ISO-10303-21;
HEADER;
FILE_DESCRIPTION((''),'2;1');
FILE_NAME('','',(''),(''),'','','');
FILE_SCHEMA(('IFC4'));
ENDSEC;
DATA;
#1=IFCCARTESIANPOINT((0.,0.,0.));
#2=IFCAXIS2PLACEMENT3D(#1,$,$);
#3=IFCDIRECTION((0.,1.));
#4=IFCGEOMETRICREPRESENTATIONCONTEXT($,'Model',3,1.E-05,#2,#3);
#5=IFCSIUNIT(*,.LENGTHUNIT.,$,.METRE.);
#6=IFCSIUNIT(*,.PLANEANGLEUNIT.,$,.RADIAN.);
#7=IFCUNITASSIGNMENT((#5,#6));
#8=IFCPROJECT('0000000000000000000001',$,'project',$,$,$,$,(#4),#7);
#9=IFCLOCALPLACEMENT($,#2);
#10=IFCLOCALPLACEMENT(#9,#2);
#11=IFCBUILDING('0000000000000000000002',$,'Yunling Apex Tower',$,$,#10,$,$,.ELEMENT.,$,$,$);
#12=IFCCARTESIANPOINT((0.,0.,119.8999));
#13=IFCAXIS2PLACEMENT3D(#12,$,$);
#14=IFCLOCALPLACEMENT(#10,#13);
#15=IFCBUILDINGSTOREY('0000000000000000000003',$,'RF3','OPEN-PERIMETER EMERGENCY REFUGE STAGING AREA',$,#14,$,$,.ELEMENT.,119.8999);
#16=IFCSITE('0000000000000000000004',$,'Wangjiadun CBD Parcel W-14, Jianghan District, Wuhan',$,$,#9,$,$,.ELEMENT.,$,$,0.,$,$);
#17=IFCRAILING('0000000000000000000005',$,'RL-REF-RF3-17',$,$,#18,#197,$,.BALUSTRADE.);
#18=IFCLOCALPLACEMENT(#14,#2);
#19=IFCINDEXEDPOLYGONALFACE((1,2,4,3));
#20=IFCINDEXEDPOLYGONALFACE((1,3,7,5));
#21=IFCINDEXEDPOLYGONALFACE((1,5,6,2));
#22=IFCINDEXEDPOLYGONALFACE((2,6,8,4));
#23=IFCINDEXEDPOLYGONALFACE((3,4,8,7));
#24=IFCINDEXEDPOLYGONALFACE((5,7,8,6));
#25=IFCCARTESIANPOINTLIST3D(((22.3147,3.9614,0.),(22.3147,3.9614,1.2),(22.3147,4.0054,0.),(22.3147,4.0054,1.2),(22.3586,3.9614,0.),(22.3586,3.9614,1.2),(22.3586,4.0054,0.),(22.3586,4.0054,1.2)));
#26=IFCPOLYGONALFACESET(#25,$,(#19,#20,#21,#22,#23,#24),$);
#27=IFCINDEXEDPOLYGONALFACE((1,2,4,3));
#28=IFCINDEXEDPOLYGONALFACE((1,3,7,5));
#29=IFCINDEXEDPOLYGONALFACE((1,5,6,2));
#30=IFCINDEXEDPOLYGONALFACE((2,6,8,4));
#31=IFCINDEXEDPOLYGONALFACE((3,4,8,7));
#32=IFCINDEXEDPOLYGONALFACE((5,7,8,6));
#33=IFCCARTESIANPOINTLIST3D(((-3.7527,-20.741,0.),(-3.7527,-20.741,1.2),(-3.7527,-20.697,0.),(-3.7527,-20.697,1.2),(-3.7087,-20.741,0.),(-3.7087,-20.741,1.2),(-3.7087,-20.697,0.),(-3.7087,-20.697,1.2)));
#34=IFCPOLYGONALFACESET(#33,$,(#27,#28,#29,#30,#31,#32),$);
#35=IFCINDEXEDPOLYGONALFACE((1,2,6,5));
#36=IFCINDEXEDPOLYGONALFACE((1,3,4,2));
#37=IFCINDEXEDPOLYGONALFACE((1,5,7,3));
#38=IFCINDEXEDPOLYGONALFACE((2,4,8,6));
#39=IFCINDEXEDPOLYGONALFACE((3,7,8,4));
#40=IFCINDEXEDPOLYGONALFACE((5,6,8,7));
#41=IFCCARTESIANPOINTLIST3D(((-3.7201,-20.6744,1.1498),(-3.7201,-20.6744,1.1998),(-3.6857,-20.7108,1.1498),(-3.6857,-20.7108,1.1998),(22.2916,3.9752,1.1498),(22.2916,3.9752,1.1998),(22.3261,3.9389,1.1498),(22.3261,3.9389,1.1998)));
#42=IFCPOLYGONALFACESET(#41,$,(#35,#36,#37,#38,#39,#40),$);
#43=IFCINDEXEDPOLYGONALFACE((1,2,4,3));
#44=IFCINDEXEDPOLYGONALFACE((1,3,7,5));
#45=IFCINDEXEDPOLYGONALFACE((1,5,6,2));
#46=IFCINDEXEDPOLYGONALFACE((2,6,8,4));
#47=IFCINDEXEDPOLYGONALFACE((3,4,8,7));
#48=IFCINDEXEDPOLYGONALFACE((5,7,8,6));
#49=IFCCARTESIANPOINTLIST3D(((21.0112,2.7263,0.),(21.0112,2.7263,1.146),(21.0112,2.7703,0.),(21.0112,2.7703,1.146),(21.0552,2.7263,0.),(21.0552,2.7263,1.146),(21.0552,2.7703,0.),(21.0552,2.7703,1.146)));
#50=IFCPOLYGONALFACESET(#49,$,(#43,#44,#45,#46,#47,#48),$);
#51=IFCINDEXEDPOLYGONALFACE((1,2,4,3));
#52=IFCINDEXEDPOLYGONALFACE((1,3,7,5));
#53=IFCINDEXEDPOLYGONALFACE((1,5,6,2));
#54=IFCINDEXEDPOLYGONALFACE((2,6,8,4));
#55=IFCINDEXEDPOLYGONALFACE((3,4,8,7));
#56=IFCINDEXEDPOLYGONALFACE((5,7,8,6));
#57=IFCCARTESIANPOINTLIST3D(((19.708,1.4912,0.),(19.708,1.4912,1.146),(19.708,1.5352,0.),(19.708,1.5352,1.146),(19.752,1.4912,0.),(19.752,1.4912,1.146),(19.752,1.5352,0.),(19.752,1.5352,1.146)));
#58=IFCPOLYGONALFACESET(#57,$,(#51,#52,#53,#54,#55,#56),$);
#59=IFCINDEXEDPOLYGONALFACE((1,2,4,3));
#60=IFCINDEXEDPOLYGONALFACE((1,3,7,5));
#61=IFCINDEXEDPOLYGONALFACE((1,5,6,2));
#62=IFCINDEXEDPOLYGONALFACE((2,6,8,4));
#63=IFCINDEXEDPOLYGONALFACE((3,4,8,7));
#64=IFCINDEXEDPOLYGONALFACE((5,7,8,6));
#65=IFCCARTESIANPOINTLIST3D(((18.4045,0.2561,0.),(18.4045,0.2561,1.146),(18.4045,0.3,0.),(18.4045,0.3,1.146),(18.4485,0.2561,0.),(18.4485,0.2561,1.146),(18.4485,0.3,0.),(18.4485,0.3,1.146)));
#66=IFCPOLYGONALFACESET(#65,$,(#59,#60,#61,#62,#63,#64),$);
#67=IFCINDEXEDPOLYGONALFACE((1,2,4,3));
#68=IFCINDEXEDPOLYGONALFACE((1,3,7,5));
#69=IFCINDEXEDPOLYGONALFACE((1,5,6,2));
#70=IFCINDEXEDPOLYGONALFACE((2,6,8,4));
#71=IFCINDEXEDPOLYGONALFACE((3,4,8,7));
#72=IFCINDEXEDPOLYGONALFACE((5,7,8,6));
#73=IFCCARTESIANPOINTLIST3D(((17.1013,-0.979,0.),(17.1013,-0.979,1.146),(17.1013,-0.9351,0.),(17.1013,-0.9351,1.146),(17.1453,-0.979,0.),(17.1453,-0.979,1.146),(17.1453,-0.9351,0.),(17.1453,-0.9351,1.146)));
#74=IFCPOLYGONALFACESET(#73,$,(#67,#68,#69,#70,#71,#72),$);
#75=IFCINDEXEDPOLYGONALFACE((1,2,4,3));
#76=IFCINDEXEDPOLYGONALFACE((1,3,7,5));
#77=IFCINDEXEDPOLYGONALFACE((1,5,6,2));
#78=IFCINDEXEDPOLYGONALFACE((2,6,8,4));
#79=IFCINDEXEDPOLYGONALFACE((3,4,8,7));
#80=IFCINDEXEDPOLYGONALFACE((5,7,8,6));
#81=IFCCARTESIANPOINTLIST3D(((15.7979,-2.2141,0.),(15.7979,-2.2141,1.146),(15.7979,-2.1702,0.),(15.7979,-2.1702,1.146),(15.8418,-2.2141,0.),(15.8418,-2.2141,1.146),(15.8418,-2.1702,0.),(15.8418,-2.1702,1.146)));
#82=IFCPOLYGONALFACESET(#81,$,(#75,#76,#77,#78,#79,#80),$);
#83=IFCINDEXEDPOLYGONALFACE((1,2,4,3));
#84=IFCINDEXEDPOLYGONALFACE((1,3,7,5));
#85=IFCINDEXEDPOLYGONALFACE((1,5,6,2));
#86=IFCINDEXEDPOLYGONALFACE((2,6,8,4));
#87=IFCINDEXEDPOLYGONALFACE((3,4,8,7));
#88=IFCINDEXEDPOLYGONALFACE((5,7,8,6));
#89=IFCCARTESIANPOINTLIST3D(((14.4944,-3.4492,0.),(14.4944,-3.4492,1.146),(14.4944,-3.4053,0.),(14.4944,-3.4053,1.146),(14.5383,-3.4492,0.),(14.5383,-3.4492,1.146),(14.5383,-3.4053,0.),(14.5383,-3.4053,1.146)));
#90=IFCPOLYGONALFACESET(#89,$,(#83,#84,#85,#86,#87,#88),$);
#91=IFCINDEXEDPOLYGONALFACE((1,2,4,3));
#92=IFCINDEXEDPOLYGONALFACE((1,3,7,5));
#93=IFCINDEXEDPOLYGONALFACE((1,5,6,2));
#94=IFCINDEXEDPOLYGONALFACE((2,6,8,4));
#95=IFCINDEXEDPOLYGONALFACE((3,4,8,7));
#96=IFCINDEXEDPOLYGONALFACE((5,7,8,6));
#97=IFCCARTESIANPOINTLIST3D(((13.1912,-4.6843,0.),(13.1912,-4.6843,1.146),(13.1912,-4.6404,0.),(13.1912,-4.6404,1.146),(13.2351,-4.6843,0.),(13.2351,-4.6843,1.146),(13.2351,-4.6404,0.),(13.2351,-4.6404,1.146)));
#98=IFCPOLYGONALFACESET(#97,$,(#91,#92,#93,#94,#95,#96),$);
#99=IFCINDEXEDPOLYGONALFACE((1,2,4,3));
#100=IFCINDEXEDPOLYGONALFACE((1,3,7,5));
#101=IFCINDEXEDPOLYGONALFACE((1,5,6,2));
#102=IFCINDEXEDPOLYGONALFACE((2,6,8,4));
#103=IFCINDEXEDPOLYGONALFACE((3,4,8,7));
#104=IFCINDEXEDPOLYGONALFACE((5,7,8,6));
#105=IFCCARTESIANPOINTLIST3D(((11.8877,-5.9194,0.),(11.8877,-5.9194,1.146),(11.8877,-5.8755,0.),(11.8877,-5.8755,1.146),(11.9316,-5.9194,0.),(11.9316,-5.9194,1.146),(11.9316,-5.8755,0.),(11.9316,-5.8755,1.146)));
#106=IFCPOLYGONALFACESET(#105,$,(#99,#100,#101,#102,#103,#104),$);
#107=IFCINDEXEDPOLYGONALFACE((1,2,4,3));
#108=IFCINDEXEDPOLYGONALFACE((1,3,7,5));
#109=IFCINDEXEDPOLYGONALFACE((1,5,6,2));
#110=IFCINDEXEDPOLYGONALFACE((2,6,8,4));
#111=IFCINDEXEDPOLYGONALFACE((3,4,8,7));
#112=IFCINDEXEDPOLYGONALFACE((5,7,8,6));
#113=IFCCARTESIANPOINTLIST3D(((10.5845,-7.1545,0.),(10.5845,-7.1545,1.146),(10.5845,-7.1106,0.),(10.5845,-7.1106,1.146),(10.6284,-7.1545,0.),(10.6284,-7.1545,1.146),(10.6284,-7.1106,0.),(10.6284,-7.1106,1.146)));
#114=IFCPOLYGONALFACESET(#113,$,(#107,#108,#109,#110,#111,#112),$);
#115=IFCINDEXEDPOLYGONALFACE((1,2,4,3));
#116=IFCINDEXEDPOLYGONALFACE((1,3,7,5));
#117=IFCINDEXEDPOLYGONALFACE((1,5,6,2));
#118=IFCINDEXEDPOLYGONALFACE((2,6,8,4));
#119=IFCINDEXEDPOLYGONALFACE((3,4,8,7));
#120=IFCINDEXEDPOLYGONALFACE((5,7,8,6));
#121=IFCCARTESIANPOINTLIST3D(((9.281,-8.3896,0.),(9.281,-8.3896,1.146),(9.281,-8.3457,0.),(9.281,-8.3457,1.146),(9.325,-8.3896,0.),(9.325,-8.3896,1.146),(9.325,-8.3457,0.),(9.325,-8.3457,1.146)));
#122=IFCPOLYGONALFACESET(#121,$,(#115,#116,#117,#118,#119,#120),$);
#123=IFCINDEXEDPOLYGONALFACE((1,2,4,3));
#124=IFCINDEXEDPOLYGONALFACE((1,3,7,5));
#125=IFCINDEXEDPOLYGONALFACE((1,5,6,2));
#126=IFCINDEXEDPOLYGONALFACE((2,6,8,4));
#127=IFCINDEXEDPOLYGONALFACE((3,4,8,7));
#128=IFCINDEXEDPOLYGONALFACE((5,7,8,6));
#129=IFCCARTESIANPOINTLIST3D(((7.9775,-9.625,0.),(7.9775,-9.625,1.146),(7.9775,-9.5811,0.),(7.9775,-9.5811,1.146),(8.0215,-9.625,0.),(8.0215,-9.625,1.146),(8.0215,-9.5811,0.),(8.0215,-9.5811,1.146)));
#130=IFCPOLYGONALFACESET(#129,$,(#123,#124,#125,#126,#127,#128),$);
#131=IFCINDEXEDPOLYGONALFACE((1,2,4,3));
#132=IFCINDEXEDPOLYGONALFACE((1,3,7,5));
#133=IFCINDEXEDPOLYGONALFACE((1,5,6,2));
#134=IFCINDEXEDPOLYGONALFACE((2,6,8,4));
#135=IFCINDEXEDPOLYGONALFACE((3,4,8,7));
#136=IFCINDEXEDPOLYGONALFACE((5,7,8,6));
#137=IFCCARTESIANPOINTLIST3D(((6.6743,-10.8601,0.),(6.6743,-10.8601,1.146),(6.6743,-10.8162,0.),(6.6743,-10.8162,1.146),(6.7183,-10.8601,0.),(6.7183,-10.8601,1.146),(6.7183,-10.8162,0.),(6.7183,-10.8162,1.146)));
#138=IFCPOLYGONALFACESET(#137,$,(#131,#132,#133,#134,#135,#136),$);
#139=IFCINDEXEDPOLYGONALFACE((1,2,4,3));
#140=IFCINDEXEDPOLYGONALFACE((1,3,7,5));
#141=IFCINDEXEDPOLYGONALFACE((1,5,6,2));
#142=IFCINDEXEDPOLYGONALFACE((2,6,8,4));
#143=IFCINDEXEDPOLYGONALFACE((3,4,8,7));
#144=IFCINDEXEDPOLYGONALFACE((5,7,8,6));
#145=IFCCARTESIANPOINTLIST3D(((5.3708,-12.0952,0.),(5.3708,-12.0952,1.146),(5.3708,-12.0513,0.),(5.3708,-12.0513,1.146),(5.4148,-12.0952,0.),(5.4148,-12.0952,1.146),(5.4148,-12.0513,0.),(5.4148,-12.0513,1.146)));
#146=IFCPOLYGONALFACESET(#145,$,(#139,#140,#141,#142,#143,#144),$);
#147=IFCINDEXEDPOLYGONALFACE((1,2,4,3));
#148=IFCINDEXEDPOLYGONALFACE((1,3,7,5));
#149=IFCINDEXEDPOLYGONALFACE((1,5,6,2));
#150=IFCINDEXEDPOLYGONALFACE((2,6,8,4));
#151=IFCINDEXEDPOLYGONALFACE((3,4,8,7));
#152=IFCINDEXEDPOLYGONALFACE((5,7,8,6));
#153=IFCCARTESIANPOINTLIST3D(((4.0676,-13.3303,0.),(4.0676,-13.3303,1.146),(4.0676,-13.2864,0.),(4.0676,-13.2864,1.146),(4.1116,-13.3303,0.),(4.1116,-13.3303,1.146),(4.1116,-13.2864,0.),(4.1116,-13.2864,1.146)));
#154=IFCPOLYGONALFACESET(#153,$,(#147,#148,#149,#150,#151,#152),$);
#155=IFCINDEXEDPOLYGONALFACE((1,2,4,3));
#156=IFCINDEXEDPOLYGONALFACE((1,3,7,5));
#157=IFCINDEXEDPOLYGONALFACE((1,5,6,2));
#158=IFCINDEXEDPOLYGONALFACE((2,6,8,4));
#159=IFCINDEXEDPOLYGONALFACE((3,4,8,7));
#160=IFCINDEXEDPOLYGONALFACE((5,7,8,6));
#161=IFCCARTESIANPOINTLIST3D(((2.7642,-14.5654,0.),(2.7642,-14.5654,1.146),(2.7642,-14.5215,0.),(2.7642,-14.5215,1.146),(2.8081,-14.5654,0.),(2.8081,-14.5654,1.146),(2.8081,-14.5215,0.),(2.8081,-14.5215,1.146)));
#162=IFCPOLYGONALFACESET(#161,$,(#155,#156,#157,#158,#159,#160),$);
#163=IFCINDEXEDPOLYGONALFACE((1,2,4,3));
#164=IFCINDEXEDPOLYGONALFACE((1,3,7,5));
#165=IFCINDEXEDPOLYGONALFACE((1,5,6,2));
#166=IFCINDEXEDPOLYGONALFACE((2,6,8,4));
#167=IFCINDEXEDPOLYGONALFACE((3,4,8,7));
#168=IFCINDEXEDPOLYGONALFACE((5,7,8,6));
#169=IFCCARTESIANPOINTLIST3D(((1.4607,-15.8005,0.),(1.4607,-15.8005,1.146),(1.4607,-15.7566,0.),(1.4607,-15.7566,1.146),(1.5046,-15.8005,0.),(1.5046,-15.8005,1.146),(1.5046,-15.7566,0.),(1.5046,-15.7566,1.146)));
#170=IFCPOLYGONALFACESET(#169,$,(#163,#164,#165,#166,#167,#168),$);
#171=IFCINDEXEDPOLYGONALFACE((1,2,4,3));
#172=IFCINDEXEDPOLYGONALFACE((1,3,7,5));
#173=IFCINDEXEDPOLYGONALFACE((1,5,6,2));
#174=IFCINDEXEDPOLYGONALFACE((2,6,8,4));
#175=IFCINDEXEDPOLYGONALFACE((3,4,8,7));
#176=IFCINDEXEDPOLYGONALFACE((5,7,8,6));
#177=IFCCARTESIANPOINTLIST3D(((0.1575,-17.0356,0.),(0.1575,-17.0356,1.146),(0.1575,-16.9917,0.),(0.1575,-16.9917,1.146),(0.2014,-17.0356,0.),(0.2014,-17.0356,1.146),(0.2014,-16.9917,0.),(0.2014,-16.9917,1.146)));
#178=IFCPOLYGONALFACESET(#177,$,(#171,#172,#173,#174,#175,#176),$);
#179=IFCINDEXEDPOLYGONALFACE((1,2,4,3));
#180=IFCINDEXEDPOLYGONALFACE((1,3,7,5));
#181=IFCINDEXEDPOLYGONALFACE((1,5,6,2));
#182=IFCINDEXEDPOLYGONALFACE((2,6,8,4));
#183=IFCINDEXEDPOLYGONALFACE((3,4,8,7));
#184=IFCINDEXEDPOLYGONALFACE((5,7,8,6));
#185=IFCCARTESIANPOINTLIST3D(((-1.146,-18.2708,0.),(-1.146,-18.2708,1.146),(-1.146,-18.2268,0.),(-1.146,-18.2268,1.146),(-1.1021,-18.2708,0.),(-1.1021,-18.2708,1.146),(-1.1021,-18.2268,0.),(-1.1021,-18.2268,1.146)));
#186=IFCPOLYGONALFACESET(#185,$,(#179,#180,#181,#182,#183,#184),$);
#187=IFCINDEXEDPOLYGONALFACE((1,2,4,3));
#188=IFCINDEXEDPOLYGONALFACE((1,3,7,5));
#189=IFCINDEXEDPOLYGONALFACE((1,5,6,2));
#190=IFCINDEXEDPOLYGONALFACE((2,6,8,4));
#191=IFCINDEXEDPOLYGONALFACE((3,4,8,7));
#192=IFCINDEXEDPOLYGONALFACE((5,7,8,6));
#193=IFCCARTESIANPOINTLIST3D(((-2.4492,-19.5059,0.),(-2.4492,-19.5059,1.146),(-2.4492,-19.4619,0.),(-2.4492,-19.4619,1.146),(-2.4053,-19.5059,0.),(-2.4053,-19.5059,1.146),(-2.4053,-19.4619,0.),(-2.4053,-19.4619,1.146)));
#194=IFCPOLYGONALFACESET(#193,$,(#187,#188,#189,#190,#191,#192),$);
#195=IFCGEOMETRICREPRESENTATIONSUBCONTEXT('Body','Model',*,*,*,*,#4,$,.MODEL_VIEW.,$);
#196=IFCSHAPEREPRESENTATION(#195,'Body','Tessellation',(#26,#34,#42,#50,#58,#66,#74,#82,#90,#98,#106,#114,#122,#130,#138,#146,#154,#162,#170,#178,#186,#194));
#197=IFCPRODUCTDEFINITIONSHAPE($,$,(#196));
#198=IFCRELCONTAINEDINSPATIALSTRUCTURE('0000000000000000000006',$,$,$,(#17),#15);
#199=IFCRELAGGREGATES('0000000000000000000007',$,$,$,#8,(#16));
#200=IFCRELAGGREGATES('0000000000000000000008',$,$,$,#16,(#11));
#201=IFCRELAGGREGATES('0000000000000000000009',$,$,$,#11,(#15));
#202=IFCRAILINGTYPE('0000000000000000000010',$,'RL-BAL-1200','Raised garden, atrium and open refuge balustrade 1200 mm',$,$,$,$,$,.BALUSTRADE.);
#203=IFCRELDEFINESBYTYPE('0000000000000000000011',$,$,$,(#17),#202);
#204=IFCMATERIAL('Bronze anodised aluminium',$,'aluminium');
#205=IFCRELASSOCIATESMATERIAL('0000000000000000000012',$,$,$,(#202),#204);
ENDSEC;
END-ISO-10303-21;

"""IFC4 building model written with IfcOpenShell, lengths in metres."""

from ifc_helpers import new_model, si_unit, direction, frame, origin, origin_2d, place, context, subcontext, project, spatial, rectangle, extrude, material, type_object, element, save


model = new_model("IFC4")

# Units and contexts
model_context = context("Model", 3, precision=1e-05, world=origin(), true_north=direction((0.0, 1.0)))
body_context = subcontext(model_context, "Body", "Model", "MODEL_VIEW")
ifc_project = project(units=[si_unit("LENGTHUNIT", "METRE"), si_unit("PLANEANGLEUNIT", "RADIAN")], contexts=[model_context])

# Site, building, storey
site_placement = place(None, origin())
site = spatial("IfcSite", under=ifc_project, at=site_placement, Name="Wangjiadun CBD Parcel W-14, Jianghan District, Wuhan", CompositionType="ELEMENT", RefElevation=0.0)
building_placement = place(site_placement, origin())
building = spatial("IfcBuilding", under=site, at=building_placement, Name="Yunling Apex Tower", CompositionType="ELEMENT")
storey_placement = place(building_placement, frame((0.0, 0.0, 119.8999)))
storey = spatial("IfcBuildingStorey", under=building, at=storey_placement, Name="RF3", Description="OPEN-PERIMETER EMERGENCY REFUGE STAGING AREA", CompositionType="ELEMENT", Elevation=119.8999)

# Railing
ifc_material_1 = material(Name="Bronze anodised aluminium", Category="aluminium")
railing_type = type_object("IfcRailingType", Name="RL-BAL-1200", Description="Raised garden, atrium and open refuge balustrade 1200 mm", PredefinedType="BALUSTRADE", material=ifc_material_1)
railing_1_placement = place(storey_placement, frame((22.3367, 3.9834, 0.0)))
element("IfcRailing", 1, at=railing_1_placement, inside=storey, type_object=railing_type, Name="RL-REF-RF3-17", PredefinedType="BALUSTRADE", context=body_context, shape_type="SweptSolid", body=[
    extrude(rectangle(XDim=0.0439, YDim=0.0439, at=origin_2d()), origin(), (0.0, 0.0, 1.0), 1.2),
    extrude(rectangle(XDim=0.0439, YDim=0.0439, at=origin_2d()), frame((-26.0674, -24.7024, 0.0)), (0.0, 0.0, 1.0), 1.2),
    extrude(rectangle(XDim=0.05, YDim=0.05, at=origin_2d()), frame((-0.0278, -0.0264, 1.1748), z_axis=(-0.725856, -0.687847, 0.0), x_axis=(0.687847, -0.725856, 0.0)), (0.0, 0.0, 1.0), 35.8359),
    extrude(rectangle(XDim=0.0439, YDim=0.0439, at=origin_2d()), frame((-1.3035, -1.2351, 0.0)), (0.0, 0.0, 1.0), 1.146),
    extrude(rectangle(XDim=0.0439, YDim=0.0439, at=origin_2d()), frame((-2.6067, -2.4702, 0.0)), (0.0, 0.0, 1.0), 1.146),
    extrude(rectangle(XDim=0.0439, YDim=0.0439, at=origin_2d()), frame((-3.9102, -3.7053, 0.0)), (0.0, 0.0, 1.0), 1.146),
    extrude(rectangle(XDim=0.0439, YDim=0.0439, at=origin_2d()), frame((-5.2134, -4.9404, 0.0)), (0.0, 0.0, 1.0), 1.146),
    extrude(rectangle(XDim=0.0439, YDim=0.0439, at=origin_2d()), frame((-6.5168, -6.1755, 0.0)), (0.0, 0.0, 1.0), 1.146),
    extrude(rectangle(XDim=0.0439, YDim=0.0439, at=origin_2d()), frame((-7.8203, -7.4106, 0.0)), (0.0, 0.0, 1.0), 1.146),
    extrude(rectangle(XDim=0.0439, YDim=0.0439, at=origin_2d()), frame((-9.1235, -8.6458, 0.0)), (0.0, 0.0, 1.0), 1.146),
    extrude(rectangle(XDim=0.0439, YDim=0.0439, at=origin_2d()), frame((-10.427, -9.8809, 0.0)), (0.0, 0.0, 1.0), 1.146),
    extrude(rectangle(XDim=0.0439, YDim=0.0439, at=origin_2d()), frame((-11.7302, -11.116, 0.0)), (0.0, 0.0, 1.0), 1.146),
    extrude(rectangle(XDim=0.0439, YDim=0.0439, at=origin_2d()), frame((-13.0337, -12.3511, 0.0)), (0.0, 0.0, 1.0), 1.146),
    extrude(rectangle(XDim=0.0439, YDim=0.0439, at=origin_2d()), frame((-14.3372, -13.5864, 0.0)), (0.0, 0.0, 1.0), 1.146),
    extrude(rectangle(XDim=0.0439, YDim=0.0439, at=origin_2d()), frame((-15.6404, -14.8215, 0.0)), (0.0, 0.0, 1.0), 1.146),
    extrude(rectangle(XDim=0.0439, YDim=0.0439, at=origin_2d()), frame((-16.9438, -16.0566, 0.0)), (0.0, 0.0, 1.0), 1.146),
    extrude(rectangle(XDim=0.0439, YDim=0.0439, at=origin_2d()), frame((-18.2471, -17.2917, 0.0)), (0.0, 0.0, 1.0), 1.146),
    extrude(rectangle(XDim=0.0439, YDim=0.0439, at=origin_2d()), frame((-19.5505, -18.5269, 0.0)), (0.0, 0.0, 1.0), 1.146),
    extrude(rectangle(XDim=0.0439, YDim=0.0439, at=origin_2d()), frame((-20.854, -19.762, 0.0)), (0.0, 0.0, 1.0), 1.146),
    extrude(rectangle(XDim=0.0439, YDim=0.0439, at=origin_2d()), frame((-22.1572, -20.9971, 0.0)), (0.0, 0.0, 1.0), 1.146),
    extrude(rectangle(XDim=0.0439, YDim=0.0439, at=origin_2d()), frame((-23.4607, -22.2322, 0.0)), (0.0, 0.0, 1.0), 1.146),
    extrude(rectangle(XDim=0.0439, YDim=0.0439, at=origin_2d()), frame((-24.7639, -23.4673, 0.0)), (0.0, 0.0, 1.0), 1.146),
])

save(model, "model.ifc")
